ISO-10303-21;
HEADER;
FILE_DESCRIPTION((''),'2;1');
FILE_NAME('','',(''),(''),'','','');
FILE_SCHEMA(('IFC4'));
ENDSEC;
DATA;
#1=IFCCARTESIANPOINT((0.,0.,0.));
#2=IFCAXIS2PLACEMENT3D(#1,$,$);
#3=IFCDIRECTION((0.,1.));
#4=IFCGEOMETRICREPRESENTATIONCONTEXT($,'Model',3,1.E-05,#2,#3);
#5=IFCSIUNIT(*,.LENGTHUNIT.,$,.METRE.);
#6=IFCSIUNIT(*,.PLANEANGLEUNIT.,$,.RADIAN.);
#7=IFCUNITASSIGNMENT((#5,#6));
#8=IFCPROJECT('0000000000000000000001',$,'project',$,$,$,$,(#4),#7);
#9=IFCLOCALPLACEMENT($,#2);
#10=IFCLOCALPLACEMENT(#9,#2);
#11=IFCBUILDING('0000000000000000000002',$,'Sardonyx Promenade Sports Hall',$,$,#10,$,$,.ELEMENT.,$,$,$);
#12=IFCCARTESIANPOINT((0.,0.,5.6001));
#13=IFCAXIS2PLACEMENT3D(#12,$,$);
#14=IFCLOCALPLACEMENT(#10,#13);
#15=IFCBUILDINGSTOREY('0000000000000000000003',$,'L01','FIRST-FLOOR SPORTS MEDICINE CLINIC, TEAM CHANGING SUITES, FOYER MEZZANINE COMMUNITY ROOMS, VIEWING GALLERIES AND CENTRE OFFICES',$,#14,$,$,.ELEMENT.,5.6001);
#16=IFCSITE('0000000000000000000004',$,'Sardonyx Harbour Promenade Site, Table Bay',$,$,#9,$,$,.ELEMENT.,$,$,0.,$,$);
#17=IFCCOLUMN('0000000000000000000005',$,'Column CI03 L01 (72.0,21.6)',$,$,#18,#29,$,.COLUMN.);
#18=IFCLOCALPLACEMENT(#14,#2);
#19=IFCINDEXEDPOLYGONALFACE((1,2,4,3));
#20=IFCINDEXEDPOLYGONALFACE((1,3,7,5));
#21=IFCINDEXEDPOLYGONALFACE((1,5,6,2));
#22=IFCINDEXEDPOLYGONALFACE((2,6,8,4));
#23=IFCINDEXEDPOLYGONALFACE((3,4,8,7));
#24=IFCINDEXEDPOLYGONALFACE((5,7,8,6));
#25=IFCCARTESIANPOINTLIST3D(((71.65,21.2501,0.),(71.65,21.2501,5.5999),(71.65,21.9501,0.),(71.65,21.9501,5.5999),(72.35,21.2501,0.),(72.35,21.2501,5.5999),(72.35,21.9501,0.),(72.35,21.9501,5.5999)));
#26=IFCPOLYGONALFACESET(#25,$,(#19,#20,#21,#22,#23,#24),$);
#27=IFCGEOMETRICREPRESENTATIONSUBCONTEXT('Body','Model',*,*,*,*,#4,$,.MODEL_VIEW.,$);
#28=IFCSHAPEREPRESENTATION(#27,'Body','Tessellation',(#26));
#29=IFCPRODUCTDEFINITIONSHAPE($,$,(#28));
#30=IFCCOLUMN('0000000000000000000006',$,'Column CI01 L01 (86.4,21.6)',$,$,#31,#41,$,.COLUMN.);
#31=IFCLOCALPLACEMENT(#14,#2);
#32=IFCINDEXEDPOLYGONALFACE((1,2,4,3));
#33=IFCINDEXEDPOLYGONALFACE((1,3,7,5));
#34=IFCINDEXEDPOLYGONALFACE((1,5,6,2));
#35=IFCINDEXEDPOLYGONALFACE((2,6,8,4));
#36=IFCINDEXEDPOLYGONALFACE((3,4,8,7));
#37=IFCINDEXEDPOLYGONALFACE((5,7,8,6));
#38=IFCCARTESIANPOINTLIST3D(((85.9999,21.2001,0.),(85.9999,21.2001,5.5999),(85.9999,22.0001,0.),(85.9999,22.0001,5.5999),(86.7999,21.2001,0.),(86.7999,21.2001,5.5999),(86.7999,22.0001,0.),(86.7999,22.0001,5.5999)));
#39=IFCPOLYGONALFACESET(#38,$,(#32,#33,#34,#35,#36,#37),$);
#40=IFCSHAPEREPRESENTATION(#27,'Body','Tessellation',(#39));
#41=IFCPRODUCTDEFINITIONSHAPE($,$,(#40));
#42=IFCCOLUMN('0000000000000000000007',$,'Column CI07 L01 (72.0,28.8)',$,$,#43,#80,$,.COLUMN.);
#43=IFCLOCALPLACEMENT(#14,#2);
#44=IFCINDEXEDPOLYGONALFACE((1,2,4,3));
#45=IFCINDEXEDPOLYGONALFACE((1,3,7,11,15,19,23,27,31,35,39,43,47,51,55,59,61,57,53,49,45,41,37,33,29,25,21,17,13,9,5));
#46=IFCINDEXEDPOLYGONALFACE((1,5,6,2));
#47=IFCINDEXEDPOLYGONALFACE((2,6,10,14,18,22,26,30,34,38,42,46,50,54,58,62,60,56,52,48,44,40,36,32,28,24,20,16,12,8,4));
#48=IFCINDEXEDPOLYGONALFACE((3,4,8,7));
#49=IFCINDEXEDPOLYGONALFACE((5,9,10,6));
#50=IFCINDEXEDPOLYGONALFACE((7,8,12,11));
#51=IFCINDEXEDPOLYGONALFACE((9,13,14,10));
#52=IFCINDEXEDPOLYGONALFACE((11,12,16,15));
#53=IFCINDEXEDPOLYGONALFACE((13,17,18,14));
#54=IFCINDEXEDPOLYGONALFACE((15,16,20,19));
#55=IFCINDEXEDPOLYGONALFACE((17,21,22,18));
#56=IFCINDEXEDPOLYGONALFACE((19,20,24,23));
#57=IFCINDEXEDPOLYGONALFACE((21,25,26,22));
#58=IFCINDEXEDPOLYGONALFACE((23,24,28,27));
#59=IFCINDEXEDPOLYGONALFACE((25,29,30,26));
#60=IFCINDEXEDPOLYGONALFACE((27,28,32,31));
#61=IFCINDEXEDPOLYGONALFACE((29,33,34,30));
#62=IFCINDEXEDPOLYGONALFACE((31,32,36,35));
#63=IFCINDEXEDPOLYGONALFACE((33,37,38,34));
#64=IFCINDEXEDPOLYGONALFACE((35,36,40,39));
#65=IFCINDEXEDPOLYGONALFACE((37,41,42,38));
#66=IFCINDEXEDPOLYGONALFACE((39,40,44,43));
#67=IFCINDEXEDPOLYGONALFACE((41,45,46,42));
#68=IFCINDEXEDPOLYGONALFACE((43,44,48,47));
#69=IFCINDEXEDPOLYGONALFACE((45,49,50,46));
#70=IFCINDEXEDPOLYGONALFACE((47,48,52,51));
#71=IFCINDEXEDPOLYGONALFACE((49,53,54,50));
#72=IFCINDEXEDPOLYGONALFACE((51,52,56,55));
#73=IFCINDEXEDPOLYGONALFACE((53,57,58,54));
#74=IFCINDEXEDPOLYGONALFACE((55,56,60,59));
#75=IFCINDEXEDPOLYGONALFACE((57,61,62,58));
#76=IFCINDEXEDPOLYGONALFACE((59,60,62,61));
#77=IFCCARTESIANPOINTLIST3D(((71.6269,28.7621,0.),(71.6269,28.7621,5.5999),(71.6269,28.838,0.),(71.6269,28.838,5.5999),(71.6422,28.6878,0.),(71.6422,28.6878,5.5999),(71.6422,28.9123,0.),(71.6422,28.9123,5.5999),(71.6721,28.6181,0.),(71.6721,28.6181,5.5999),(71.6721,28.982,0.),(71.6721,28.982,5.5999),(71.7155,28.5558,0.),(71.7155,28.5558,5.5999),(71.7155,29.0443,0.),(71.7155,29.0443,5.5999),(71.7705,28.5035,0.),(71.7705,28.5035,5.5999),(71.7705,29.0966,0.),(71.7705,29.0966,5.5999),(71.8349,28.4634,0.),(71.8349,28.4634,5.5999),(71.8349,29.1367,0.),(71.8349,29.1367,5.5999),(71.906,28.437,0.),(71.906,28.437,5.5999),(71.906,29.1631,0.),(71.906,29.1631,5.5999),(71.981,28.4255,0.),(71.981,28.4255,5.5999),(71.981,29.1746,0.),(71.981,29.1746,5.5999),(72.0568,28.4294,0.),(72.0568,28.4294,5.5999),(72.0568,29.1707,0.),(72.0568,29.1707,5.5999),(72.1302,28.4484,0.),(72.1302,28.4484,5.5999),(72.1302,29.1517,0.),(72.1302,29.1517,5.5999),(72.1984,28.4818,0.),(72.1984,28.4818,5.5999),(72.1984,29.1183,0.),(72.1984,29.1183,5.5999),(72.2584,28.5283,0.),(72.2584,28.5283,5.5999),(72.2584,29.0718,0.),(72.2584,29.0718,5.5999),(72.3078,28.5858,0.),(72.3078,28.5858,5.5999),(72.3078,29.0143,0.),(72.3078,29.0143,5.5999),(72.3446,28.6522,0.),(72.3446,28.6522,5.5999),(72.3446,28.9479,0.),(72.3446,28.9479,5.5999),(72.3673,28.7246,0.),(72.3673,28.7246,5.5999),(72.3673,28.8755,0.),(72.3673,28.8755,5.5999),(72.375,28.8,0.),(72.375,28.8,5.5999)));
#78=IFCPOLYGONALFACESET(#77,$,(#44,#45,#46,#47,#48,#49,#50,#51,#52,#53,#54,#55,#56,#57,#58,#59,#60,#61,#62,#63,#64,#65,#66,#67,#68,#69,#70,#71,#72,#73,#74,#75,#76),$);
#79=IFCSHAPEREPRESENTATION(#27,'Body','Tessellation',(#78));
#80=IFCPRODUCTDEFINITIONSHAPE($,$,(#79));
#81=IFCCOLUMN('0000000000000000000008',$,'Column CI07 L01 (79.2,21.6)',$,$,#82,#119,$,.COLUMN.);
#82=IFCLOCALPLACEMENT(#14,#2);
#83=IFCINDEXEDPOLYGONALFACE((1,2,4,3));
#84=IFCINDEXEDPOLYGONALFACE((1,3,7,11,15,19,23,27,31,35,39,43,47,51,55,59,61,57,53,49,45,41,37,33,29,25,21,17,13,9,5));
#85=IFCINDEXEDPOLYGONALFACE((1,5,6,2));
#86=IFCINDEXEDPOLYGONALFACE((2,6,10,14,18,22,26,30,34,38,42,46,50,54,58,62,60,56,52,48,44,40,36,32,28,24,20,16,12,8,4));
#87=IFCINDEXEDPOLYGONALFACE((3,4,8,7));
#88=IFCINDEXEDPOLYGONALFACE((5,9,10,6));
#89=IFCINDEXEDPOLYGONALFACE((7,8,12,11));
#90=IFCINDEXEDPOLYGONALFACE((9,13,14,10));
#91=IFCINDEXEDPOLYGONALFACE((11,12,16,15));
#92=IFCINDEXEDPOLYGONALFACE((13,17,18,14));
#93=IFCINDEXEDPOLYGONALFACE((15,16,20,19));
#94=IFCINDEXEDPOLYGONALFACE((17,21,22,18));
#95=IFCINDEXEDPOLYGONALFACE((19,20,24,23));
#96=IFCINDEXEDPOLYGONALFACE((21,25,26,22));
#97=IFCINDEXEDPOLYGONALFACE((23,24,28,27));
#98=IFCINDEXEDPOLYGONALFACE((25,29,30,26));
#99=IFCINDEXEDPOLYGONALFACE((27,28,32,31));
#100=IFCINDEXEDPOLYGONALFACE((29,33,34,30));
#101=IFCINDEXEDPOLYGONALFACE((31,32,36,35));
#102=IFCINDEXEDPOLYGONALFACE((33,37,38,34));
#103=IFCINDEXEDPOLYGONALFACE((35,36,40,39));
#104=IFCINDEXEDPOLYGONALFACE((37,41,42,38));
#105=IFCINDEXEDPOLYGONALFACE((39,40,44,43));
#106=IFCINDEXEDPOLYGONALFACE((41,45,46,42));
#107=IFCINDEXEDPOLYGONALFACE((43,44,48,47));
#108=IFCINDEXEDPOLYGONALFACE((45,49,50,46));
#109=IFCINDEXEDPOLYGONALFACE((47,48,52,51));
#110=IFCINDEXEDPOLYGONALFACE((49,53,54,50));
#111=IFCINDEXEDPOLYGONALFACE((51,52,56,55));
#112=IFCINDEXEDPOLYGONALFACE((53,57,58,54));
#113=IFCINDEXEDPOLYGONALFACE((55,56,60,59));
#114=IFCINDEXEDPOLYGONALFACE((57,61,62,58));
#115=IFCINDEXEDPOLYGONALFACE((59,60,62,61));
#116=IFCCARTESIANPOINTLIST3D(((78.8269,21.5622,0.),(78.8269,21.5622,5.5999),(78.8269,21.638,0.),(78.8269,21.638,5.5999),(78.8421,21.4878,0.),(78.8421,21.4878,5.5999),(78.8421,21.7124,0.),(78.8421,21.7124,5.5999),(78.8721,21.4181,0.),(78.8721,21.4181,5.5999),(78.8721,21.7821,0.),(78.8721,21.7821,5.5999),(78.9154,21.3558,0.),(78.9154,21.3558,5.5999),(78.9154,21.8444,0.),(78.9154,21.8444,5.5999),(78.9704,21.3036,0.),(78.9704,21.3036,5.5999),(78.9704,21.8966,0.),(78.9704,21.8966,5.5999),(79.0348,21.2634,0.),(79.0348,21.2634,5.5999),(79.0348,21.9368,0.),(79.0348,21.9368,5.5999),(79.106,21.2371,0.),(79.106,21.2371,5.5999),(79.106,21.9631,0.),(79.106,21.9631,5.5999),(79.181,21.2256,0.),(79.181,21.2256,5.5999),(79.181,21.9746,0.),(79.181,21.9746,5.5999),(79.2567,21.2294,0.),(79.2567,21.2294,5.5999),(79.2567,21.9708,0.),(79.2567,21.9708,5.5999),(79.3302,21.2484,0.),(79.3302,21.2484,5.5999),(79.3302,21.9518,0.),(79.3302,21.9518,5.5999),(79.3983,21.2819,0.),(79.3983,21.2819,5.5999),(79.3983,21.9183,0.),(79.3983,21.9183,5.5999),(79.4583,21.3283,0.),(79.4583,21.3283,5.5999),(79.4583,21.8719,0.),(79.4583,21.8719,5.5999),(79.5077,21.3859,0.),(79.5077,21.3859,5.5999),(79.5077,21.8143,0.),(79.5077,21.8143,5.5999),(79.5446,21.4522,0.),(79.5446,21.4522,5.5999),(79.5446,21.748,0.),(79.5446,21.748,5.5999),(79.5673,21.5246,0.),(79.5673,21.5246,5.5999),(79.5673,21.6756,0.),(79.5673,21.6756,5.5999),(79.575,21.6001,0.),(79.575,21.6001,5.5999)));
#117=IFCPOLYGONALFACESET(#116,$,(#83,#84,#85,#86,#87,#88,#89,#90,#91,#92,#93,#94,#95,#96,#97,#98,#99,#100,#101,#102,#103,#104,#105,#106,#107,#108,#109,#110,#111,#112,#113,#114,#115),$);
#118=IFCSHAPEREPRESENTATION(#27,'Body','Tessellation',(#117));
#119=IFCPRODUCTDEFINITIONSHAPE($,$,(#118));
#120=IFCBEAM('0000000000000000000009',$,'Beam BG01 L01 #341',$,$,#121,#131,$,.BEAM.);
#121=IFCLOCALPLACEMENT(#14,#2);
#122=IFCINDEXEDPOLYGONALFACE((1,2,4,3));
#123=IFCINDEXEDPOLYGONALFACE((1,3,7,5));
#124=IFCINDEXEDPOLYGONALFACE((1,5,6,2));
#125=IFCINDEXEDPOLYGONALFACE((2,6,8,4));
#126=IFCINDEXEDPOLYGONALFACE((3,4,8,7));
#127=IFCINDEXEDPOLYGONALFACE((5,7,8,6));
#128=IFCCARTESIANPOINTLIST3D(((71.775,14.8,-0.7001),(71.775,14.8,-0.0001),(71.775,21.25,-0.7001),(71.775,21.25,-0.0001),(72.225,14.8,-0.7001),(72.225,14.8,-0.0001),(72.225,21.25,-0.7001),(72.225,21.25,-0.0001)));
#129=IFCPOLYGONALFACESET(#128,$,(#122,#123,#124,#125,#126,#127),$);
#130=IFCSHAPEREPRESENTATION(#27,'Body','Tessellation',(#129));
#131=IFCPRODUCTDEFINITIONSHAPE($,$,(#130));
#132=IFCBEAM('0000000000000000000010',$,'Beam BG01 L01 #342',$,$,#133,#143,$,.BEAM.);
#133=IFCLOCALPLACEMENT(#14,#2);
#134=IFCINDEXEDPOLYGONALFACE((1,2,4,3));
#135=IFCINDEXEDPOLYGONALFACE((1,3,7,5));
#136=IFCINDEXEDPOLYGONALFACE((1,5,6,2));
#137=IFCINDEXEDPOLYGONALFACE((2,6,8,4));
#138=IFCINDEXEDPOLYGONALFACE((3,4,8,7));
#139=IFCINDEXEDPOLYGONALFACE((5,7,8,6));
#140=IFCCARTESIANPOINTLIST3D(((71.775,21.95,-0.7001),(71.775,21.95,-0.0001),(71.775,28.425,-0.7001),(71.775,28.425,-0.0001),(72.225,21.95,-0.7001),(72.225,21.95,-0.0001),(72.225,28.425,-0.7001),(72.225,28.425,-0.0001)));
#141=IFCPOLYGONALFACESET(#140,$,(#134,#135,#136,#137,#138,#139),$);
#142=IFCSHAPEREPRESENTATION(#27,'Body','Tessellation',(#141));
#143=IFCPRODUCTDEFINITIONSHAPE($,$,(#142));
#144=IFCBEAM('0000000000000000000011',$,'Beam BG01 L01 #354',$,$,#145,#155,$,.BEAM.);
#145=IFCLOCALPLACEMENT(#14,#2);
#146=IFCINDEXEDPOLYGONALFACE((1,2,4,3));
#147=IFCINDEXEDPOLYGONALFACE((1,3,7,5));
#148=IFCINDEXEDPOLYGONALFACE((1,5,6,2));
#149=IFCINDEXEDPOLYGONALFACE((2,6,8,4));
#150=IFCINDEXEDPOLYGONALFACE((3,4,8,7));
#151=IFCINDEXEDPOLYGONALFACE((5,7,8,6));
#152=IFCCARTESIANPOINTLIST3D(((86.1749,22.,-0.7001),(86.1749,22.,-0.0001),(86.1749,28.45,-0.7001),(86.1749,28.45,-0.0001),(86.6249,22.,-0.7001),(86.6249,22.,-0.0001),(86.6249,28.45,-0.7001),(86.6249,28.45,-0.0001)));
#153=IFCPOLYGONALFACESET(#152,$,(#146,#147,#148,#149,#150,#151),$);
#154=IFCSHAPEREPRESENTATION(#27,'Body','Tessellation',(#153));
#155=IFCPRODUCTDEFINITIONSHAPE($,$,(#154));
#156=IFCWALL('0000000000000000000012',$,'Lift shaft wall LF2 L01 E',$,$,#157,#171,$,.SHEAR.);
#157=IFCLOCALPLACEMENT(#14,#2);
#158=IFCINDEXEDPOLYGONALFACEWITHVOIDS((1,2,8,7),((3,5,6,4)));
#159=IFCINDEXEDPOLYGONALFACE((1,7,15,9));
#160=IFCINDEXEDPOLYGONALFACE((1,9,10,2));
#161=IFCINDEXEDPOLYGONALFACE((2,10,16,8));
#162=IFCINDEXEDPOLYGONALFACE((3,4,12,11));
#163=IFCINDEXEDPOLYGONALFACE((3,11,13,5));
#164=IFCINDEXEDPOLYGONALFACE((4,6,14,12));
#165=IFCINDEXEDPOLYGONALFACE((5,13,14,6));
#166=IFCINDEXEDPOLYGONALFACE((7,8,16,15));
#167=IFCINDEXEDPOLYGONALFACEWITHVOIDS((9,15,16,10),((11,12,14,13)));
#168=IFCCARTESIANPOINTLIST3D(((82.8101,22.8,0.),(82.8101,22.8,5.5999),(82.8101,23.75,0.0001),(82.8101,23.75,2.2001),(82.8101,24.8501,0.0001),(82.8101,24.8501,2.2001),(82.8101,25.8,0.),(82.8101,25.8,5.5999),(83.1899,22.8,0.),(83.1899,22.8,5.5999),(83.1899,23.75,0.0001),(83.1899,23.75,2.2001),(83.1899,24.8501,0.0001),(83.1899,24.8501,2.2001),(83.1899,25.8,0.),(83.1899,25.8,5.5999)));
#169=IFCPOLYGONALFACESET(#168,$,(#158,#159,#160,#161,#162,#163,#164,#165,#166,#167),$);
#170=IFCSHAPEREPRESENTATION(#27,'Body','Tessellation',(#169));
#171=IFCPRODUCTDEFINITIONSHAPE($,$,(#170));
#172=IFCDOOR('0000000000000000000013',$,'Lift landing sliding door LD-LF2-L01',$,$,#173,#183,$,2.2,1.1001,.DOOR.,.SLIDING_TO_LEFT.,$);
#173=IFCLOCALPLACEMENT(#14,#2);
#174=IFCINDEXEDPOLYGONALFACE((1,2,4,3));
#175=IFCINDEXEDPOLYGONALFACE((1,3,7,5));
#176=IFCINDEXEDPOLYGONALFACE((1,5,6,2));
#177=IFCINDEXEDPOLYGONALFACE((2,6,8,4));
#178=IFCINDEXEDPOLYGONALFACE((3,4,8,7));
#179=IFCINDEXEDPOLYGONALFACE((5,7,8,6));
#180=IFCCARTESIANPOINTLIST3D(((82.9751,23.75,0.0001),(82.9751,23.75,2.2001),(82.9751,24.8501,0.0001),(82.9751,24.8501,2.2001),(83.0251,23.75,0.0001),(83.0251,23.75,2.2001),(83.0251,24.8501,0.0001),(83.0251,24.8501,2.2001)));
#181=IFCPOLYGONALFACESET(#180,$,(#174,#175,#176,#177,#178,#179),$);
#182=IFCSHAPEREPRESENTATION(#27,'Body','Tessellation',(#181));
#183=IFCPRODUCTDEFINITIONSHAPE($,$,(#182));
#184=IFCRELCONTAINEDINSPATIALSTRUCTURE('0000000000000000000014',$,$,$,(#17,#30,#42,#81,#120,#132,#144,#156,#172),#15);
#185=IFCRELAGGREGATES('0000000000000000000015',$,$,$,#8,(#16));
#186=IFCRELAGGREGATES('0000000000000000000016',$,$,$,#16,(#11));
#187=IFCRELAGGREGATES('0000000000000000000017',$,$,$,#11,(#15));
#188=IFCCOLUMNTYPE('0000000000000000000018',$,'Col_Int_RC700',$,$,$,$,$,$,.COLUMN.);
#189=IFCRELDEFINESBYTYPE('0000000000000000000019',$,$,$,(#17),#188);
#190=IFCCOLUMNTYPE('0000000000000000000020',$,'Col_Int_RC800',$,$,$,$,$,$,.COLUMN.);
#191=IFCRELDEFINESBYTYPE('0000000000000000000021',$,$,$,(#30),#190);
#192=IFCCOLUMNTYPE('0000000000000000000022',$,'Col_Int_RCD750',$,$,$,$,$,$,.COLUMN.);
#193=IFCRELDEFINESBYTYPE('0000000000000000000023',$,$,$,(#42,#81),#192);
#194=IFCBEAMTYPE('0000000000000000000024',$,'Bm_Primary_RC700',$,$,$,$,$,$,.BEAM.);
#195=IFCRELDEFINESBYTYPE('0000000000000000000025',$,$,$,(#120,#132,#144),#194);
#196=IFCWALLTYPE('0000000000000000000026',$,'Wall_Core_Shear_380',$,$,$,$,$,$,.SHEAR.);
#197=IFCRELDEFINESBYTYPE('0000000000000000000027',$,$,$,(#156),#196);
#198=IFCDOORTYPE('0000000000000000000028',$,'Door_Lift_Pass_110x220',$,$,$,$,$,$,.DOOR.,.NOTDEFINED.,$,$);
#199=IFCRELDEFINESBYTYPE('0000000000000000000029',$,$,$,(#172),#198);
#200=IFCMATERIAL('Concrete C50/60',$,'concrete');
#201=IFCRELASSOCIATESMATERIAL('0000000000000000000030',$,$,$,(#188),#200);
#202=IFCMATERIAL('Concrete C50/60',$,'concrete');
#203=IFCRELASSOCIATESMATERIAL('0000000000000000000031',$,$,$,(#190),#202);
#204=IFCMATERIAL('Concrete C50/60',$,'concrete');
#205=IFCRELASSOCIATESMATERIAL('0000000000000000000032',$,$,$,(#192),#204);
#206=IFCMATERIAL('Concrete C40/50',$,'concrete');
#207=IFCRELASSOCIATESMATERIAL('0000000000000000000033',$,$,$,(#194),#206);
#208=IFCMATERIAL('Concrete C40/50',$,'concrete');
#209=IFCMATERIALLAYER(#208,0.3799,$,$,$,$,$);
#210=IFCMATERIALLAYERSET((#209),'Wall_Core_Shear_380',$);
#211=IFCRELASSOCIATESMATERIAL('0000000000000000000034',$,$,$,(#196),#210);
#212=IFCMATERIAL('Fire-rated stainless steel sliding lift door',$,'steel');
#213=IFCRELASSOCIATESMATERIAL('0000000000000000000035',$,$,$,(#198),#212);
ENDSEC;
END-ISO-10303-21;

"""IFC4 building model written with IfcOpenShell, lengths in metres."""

from ifc_helpers import new_model, si_unit, direction, frame, frame_2d, origin, origin_2d, place, context, subcontext, project, spatial, rectangle, circle, extrude, material, layer, layer_set, material_profile, profile_set, type_object, element, fill, save


model = new_model("IFC4")

# Units and contexts
model_context = context("Model", 3, precision=1e-05, world=origin(), true_north=direction((0.0, 1.0)))
body_context = subcontext(model_context, "Body", "Model", "MODEL_VIEW")
ifc_project = project(units=[si_unit("LENGTHUNIT", "METRE"), si_unit("PLANEANGLEUNIT", "RADIAN")], contexts=[model_context])

# Site, building, storey
site_placement = place(None, origin())
site = spatial("IfcSite", under=ifc_project, at=site_placement, Name="Sardonyx Harbour Promenade Site, Table Bay", CompositionType="ELEMENT", RefElevation=0.0)
building_placement = place(site_placement, origin())
building = spatial("IfcBuilding", under=site, at=building_placement, Name="Sardonyx Promenade Sports Hall", CompositionType="ELEMENT")
storey_placement = place(building_placement, frame((0.0, 0.0, 5.6001)))
storey = spatial("IfcBuildingStorey", under=building, at=storey_placement, Name="L01", Description="FIRST-FLOOR SPORTS MEDICINE CLINIC, TEAM CHANGING SUITES, FOYER MEZZANINE COMMUNITY ROOMS, VIEWING GALLERIES AND CENTRE OFFICES", CompositionType="ELEMENT", Elevation=5.6001)

# Columns
ifc_material_1 = material(Name="Concrete C50/60", Category="concrete")
ifc_material_profile_1 = material_profile(ifc_material_1, rectangle(XDim=0.7, YDim=0.7, at=origin_2d()))
ifc_profile_set_1 = profile_set([ifc_material_profile_1], Name="Concrete C50/60")
column_type_1 = type_object("IfcColumnType", Name="Col_Int_RC700", PredefinedType="COLUMN", material=ifc_profile_set_1)
column_1_placement = place(storey_placement, frame((72.0, 21.6001, 0.0), z_axis=(0.0, 0.0, 1.0), x_axis=(1.0, 0.0, 0.0)))
element("IfcColumn", 1, at=column_1_placement, inside=storey, type_object=column_type_1, Name="Column CI03 L01 (72.0,21.6)", PredefinedType="COLUMN", context=body_context, shape_type="SweptSolid", body=[
    extrude(rectangle(XDim=0.7, YDim=0.7, at=origin_2d()), origin(), (0.0, 0.0, 1.0), 5.5999),
])
ifc_material_2 = material(Name="Concrete C50/60", Category="concrete")
ifc_material_profile_2 = material_profile(ifc_material_2, rectangle(XDim=0.8, YDim=0.8, at=origin_2d()))
ifc_profile_set_2 = profile_set([ifc_material_profile_2], Name="Concrete C50/60")
column_type_2 = type_object("IfcColumnType", Name="Col_Int_RC800", PredefinedType="COLUMN", material=ifc_profile_set_2)
column_2_placement = place(storey_placement, frame((86.3999, 21.6001, 0.0), z_axis=(0.0, 0.0, 1.0), x_axis=(1.0, 0.0, 0.0)))
element("IfcColumn", 2, at=column_2_placement, inside=storey, type_object=column_type_2, Name="Column CI01 L01 (86.4,21.6)", PredefinedType="COLUMN", context=body_context, shape_type="SweptSolid", body=[
    extrude(rectangle(XDim=0.8, YDim=0.8, at=origin_2d()), origin(), (0.0, 0.0, 1.0), 5.5999),
])
ifc_material_3 = material(Name="Concrete C50/60", Category="concrete")
ifc_material_profile_3 = material_profile(ifc_material_3, circle(Radius=0.375, at=origin_2d()))
ifc_profile_set_3 = profile_set([ifc_material_profile_3], Name="Concrete C50/60")
column_type_3 = type_object("IfcColumnType", Name="Col_Int_RCD750", PredefinedType="COLUMN", material=ifc_profile_set_3)
for number, where, z_axis, x_axis, name in (
    (3, (72.0, 28.8, 0.0), (0.0, 0.0, 1.0), (1.0, 0.0, 0.0), "Column CI07 L01 (72.0,28.8)"),
    (4, (79.2, 21.6001, 0.0), (0.0, 0.0, 1.0), (1.0, 0.0, 0.0), "Column CI07 L01 (79.2,21.6)"),
):
    element("IfcColumn", number, at=place(storey_placement, frame(where, z_axis=z_axis, x_axis=x_axis)), inside=storey, type_object=column_type_3, Name=name, PredefinedType="COLUMN", context=body_context, shape_type="SweptSolid", body=[
        extrude(circle(Radius=0.375, at=origin_2d()), origin(), (0.0, 0.0, 1.0), 5.5999),
    ])

# Beams
ifc_material_4 = material(Name="Concrete C40/50", Category="concrete")
ifc_material_profile_4 = material_profile(ifc_material_4, rectangle(XDim=0.45, YDim=0.7, at=origin_2d()))
ifc_profile_set_4 = profile_set([ifc_material_profile_4], Name="Concrete C40/50")
beam_type = type_object("IfcBeamType", Name="Bm_Primary_RC700", PredefinedType="BEAM", material=ifc_profile_set_4)
beam_1_placement = place(storey_placement, frame((72.0, 14.8, -0.3501), z_axis=(0.0, 1.0, 0.0), x_axis=(-1.0, 0.0, 0.0)))
element("IfcBeam", 5, at=beam_1_placement, inside=storey, type_object=beam_type, Name="Beam BG01 L01 #341", PredefinedType="BEAM", context=body_context, shape_type="SweptSolid", body=[
    extrude(rectangle(XDim=0.45, YDim=0.7, at=origin_2d()), origin(), (0.0, 0.0, 1.0), 6.45),
])
beam_2_placement = place(storey_placement, frame((72.0, 21.95, -0.3501), z_axis=(0.0, 1.0, 0.0), x_axis=(-1.0, 0.0, 0.0)))
element("IfcBeam", 6, at=beam_2_placement, inside=storey, type_object=beam_type, Name="Beam BG01 L01 #342", PredefinedType="BEAM", context=body_context, shape_type="SweptSolid", body=[
    extrude(rectangle(XDim=0.45, YDim=0.7, at=origin_2d()), origin(), (0.0, 0.0, 1.0), 6.4751),
])
beam_3_placement = place(storey_placement, frame((86.3999, 22.0, -0.3501), z_axis=(0.0, 1.0, 0.0), x_axis=(-1.0, 0.0, 0.0)))
element("IfcBeam", 7, at=beam_3_placement, inside=storey, type_object=beam_type, Name="Beam BG01 L01 #354", PredefinedType="BEAM", context=body_context, shape_type="SweptSolid", body=[
    extrude(rectangle(XDim=0.45, YDim=0.7, at=origin_2d()), origin(), (0.0, 0.0, 1.0), 6.45),
])

# Wall, opening, door
ifc_material_5 = material(Name="Concrete C40/50", Category="concrete")
ifc_layer_1 = layer(ifc_material_5, 0.3799)
ifc_layer_set_1 = layer_set([ifc_layer_1], Name="Wall_Core_Shear_380")
wall_type_1 = type_object("IfcWallType", Name="Wall_Core_Shear_380", PredefinedType="SHEAR", material=ifc_layer_set_1)
wall_1_placement = place(storey_placement, frame((83.0, 22.8, 0.0), z_axis=(0.0, 0.0, 1.0), x_axis=(0.0, 1.0, 0.0)))
wall_1 = element("IfcWall", 8, at=wall_1_placement, inside=storey, type_object=wall_type_1, Name="Lift shaft wall LF2 L01 E", PredefinedType="SHEAR", context=body_context, shape_type="SweptSolid", body=[
    extrude(rectangle(XDim=3.0, YDim=0.3799, at=frame_2d((1.5, 0.0))), origin(), (0.0, 0.0, 1.0), 5.5999),
])
opening_1_placement = place(wall_1_placement, frame((0.95, 0.0, 0.0)))
opening_1 = element("IfcOpeningElement", 9, at=opening_1_placement, cuts=wall_1, PredefinedType="OPENING", context=body_context, shape_type="SweptSolid", body=[
    extrude(rectangle(XDim=1.1001, YDim=2.2, at=frame_2d((0.55, 1.1001))), frame((0.0, 0.2, 0.0), z_axis=(0.0, -1.0, 0.0), x_axis=(1.0, 0.0, 0.0)), (0.0, 0.0, 1.0), 0.4),
])
ifc_material_6 = material(Name="Fire-rated stainless steel sliding lift door", Category="steel")
door_type_1 = type_object("IfcDoorType", Name="Door_Lift_Pass_110x220", OperationType="NOTDEFINED", PredefinedType="DOOR", material=ifc_material_6)
door_1_placement = place(opening_1_placement, origin())
door_1 = element("IfcDoor", 10, at=door_1_placement, inside=storey, type_object=door_type_1, Name="Lift landing sliding door LD-LF2-L01", OperationType="SLIDING_TO_LEFT", OverallHeight=2.2, OverallWidth=1.1001, PredefinedType="DOOR", context=body_context, shape_type="SweptSolid", body=[
    extrude(rectangle(XDim=1.1001, YDim=2.2, at=frame_2d((0.55, 1.1001))), frame((0.0, 0.0249, 0.0), z_axis=(0.0, -1.0, 0.0), x_axis=(1.0, 0.0, 0.0)), (0.0, 0.0, 1.0), 0.05),
])
fill(opening_1, door_1)

save(model, "model.ifc")
